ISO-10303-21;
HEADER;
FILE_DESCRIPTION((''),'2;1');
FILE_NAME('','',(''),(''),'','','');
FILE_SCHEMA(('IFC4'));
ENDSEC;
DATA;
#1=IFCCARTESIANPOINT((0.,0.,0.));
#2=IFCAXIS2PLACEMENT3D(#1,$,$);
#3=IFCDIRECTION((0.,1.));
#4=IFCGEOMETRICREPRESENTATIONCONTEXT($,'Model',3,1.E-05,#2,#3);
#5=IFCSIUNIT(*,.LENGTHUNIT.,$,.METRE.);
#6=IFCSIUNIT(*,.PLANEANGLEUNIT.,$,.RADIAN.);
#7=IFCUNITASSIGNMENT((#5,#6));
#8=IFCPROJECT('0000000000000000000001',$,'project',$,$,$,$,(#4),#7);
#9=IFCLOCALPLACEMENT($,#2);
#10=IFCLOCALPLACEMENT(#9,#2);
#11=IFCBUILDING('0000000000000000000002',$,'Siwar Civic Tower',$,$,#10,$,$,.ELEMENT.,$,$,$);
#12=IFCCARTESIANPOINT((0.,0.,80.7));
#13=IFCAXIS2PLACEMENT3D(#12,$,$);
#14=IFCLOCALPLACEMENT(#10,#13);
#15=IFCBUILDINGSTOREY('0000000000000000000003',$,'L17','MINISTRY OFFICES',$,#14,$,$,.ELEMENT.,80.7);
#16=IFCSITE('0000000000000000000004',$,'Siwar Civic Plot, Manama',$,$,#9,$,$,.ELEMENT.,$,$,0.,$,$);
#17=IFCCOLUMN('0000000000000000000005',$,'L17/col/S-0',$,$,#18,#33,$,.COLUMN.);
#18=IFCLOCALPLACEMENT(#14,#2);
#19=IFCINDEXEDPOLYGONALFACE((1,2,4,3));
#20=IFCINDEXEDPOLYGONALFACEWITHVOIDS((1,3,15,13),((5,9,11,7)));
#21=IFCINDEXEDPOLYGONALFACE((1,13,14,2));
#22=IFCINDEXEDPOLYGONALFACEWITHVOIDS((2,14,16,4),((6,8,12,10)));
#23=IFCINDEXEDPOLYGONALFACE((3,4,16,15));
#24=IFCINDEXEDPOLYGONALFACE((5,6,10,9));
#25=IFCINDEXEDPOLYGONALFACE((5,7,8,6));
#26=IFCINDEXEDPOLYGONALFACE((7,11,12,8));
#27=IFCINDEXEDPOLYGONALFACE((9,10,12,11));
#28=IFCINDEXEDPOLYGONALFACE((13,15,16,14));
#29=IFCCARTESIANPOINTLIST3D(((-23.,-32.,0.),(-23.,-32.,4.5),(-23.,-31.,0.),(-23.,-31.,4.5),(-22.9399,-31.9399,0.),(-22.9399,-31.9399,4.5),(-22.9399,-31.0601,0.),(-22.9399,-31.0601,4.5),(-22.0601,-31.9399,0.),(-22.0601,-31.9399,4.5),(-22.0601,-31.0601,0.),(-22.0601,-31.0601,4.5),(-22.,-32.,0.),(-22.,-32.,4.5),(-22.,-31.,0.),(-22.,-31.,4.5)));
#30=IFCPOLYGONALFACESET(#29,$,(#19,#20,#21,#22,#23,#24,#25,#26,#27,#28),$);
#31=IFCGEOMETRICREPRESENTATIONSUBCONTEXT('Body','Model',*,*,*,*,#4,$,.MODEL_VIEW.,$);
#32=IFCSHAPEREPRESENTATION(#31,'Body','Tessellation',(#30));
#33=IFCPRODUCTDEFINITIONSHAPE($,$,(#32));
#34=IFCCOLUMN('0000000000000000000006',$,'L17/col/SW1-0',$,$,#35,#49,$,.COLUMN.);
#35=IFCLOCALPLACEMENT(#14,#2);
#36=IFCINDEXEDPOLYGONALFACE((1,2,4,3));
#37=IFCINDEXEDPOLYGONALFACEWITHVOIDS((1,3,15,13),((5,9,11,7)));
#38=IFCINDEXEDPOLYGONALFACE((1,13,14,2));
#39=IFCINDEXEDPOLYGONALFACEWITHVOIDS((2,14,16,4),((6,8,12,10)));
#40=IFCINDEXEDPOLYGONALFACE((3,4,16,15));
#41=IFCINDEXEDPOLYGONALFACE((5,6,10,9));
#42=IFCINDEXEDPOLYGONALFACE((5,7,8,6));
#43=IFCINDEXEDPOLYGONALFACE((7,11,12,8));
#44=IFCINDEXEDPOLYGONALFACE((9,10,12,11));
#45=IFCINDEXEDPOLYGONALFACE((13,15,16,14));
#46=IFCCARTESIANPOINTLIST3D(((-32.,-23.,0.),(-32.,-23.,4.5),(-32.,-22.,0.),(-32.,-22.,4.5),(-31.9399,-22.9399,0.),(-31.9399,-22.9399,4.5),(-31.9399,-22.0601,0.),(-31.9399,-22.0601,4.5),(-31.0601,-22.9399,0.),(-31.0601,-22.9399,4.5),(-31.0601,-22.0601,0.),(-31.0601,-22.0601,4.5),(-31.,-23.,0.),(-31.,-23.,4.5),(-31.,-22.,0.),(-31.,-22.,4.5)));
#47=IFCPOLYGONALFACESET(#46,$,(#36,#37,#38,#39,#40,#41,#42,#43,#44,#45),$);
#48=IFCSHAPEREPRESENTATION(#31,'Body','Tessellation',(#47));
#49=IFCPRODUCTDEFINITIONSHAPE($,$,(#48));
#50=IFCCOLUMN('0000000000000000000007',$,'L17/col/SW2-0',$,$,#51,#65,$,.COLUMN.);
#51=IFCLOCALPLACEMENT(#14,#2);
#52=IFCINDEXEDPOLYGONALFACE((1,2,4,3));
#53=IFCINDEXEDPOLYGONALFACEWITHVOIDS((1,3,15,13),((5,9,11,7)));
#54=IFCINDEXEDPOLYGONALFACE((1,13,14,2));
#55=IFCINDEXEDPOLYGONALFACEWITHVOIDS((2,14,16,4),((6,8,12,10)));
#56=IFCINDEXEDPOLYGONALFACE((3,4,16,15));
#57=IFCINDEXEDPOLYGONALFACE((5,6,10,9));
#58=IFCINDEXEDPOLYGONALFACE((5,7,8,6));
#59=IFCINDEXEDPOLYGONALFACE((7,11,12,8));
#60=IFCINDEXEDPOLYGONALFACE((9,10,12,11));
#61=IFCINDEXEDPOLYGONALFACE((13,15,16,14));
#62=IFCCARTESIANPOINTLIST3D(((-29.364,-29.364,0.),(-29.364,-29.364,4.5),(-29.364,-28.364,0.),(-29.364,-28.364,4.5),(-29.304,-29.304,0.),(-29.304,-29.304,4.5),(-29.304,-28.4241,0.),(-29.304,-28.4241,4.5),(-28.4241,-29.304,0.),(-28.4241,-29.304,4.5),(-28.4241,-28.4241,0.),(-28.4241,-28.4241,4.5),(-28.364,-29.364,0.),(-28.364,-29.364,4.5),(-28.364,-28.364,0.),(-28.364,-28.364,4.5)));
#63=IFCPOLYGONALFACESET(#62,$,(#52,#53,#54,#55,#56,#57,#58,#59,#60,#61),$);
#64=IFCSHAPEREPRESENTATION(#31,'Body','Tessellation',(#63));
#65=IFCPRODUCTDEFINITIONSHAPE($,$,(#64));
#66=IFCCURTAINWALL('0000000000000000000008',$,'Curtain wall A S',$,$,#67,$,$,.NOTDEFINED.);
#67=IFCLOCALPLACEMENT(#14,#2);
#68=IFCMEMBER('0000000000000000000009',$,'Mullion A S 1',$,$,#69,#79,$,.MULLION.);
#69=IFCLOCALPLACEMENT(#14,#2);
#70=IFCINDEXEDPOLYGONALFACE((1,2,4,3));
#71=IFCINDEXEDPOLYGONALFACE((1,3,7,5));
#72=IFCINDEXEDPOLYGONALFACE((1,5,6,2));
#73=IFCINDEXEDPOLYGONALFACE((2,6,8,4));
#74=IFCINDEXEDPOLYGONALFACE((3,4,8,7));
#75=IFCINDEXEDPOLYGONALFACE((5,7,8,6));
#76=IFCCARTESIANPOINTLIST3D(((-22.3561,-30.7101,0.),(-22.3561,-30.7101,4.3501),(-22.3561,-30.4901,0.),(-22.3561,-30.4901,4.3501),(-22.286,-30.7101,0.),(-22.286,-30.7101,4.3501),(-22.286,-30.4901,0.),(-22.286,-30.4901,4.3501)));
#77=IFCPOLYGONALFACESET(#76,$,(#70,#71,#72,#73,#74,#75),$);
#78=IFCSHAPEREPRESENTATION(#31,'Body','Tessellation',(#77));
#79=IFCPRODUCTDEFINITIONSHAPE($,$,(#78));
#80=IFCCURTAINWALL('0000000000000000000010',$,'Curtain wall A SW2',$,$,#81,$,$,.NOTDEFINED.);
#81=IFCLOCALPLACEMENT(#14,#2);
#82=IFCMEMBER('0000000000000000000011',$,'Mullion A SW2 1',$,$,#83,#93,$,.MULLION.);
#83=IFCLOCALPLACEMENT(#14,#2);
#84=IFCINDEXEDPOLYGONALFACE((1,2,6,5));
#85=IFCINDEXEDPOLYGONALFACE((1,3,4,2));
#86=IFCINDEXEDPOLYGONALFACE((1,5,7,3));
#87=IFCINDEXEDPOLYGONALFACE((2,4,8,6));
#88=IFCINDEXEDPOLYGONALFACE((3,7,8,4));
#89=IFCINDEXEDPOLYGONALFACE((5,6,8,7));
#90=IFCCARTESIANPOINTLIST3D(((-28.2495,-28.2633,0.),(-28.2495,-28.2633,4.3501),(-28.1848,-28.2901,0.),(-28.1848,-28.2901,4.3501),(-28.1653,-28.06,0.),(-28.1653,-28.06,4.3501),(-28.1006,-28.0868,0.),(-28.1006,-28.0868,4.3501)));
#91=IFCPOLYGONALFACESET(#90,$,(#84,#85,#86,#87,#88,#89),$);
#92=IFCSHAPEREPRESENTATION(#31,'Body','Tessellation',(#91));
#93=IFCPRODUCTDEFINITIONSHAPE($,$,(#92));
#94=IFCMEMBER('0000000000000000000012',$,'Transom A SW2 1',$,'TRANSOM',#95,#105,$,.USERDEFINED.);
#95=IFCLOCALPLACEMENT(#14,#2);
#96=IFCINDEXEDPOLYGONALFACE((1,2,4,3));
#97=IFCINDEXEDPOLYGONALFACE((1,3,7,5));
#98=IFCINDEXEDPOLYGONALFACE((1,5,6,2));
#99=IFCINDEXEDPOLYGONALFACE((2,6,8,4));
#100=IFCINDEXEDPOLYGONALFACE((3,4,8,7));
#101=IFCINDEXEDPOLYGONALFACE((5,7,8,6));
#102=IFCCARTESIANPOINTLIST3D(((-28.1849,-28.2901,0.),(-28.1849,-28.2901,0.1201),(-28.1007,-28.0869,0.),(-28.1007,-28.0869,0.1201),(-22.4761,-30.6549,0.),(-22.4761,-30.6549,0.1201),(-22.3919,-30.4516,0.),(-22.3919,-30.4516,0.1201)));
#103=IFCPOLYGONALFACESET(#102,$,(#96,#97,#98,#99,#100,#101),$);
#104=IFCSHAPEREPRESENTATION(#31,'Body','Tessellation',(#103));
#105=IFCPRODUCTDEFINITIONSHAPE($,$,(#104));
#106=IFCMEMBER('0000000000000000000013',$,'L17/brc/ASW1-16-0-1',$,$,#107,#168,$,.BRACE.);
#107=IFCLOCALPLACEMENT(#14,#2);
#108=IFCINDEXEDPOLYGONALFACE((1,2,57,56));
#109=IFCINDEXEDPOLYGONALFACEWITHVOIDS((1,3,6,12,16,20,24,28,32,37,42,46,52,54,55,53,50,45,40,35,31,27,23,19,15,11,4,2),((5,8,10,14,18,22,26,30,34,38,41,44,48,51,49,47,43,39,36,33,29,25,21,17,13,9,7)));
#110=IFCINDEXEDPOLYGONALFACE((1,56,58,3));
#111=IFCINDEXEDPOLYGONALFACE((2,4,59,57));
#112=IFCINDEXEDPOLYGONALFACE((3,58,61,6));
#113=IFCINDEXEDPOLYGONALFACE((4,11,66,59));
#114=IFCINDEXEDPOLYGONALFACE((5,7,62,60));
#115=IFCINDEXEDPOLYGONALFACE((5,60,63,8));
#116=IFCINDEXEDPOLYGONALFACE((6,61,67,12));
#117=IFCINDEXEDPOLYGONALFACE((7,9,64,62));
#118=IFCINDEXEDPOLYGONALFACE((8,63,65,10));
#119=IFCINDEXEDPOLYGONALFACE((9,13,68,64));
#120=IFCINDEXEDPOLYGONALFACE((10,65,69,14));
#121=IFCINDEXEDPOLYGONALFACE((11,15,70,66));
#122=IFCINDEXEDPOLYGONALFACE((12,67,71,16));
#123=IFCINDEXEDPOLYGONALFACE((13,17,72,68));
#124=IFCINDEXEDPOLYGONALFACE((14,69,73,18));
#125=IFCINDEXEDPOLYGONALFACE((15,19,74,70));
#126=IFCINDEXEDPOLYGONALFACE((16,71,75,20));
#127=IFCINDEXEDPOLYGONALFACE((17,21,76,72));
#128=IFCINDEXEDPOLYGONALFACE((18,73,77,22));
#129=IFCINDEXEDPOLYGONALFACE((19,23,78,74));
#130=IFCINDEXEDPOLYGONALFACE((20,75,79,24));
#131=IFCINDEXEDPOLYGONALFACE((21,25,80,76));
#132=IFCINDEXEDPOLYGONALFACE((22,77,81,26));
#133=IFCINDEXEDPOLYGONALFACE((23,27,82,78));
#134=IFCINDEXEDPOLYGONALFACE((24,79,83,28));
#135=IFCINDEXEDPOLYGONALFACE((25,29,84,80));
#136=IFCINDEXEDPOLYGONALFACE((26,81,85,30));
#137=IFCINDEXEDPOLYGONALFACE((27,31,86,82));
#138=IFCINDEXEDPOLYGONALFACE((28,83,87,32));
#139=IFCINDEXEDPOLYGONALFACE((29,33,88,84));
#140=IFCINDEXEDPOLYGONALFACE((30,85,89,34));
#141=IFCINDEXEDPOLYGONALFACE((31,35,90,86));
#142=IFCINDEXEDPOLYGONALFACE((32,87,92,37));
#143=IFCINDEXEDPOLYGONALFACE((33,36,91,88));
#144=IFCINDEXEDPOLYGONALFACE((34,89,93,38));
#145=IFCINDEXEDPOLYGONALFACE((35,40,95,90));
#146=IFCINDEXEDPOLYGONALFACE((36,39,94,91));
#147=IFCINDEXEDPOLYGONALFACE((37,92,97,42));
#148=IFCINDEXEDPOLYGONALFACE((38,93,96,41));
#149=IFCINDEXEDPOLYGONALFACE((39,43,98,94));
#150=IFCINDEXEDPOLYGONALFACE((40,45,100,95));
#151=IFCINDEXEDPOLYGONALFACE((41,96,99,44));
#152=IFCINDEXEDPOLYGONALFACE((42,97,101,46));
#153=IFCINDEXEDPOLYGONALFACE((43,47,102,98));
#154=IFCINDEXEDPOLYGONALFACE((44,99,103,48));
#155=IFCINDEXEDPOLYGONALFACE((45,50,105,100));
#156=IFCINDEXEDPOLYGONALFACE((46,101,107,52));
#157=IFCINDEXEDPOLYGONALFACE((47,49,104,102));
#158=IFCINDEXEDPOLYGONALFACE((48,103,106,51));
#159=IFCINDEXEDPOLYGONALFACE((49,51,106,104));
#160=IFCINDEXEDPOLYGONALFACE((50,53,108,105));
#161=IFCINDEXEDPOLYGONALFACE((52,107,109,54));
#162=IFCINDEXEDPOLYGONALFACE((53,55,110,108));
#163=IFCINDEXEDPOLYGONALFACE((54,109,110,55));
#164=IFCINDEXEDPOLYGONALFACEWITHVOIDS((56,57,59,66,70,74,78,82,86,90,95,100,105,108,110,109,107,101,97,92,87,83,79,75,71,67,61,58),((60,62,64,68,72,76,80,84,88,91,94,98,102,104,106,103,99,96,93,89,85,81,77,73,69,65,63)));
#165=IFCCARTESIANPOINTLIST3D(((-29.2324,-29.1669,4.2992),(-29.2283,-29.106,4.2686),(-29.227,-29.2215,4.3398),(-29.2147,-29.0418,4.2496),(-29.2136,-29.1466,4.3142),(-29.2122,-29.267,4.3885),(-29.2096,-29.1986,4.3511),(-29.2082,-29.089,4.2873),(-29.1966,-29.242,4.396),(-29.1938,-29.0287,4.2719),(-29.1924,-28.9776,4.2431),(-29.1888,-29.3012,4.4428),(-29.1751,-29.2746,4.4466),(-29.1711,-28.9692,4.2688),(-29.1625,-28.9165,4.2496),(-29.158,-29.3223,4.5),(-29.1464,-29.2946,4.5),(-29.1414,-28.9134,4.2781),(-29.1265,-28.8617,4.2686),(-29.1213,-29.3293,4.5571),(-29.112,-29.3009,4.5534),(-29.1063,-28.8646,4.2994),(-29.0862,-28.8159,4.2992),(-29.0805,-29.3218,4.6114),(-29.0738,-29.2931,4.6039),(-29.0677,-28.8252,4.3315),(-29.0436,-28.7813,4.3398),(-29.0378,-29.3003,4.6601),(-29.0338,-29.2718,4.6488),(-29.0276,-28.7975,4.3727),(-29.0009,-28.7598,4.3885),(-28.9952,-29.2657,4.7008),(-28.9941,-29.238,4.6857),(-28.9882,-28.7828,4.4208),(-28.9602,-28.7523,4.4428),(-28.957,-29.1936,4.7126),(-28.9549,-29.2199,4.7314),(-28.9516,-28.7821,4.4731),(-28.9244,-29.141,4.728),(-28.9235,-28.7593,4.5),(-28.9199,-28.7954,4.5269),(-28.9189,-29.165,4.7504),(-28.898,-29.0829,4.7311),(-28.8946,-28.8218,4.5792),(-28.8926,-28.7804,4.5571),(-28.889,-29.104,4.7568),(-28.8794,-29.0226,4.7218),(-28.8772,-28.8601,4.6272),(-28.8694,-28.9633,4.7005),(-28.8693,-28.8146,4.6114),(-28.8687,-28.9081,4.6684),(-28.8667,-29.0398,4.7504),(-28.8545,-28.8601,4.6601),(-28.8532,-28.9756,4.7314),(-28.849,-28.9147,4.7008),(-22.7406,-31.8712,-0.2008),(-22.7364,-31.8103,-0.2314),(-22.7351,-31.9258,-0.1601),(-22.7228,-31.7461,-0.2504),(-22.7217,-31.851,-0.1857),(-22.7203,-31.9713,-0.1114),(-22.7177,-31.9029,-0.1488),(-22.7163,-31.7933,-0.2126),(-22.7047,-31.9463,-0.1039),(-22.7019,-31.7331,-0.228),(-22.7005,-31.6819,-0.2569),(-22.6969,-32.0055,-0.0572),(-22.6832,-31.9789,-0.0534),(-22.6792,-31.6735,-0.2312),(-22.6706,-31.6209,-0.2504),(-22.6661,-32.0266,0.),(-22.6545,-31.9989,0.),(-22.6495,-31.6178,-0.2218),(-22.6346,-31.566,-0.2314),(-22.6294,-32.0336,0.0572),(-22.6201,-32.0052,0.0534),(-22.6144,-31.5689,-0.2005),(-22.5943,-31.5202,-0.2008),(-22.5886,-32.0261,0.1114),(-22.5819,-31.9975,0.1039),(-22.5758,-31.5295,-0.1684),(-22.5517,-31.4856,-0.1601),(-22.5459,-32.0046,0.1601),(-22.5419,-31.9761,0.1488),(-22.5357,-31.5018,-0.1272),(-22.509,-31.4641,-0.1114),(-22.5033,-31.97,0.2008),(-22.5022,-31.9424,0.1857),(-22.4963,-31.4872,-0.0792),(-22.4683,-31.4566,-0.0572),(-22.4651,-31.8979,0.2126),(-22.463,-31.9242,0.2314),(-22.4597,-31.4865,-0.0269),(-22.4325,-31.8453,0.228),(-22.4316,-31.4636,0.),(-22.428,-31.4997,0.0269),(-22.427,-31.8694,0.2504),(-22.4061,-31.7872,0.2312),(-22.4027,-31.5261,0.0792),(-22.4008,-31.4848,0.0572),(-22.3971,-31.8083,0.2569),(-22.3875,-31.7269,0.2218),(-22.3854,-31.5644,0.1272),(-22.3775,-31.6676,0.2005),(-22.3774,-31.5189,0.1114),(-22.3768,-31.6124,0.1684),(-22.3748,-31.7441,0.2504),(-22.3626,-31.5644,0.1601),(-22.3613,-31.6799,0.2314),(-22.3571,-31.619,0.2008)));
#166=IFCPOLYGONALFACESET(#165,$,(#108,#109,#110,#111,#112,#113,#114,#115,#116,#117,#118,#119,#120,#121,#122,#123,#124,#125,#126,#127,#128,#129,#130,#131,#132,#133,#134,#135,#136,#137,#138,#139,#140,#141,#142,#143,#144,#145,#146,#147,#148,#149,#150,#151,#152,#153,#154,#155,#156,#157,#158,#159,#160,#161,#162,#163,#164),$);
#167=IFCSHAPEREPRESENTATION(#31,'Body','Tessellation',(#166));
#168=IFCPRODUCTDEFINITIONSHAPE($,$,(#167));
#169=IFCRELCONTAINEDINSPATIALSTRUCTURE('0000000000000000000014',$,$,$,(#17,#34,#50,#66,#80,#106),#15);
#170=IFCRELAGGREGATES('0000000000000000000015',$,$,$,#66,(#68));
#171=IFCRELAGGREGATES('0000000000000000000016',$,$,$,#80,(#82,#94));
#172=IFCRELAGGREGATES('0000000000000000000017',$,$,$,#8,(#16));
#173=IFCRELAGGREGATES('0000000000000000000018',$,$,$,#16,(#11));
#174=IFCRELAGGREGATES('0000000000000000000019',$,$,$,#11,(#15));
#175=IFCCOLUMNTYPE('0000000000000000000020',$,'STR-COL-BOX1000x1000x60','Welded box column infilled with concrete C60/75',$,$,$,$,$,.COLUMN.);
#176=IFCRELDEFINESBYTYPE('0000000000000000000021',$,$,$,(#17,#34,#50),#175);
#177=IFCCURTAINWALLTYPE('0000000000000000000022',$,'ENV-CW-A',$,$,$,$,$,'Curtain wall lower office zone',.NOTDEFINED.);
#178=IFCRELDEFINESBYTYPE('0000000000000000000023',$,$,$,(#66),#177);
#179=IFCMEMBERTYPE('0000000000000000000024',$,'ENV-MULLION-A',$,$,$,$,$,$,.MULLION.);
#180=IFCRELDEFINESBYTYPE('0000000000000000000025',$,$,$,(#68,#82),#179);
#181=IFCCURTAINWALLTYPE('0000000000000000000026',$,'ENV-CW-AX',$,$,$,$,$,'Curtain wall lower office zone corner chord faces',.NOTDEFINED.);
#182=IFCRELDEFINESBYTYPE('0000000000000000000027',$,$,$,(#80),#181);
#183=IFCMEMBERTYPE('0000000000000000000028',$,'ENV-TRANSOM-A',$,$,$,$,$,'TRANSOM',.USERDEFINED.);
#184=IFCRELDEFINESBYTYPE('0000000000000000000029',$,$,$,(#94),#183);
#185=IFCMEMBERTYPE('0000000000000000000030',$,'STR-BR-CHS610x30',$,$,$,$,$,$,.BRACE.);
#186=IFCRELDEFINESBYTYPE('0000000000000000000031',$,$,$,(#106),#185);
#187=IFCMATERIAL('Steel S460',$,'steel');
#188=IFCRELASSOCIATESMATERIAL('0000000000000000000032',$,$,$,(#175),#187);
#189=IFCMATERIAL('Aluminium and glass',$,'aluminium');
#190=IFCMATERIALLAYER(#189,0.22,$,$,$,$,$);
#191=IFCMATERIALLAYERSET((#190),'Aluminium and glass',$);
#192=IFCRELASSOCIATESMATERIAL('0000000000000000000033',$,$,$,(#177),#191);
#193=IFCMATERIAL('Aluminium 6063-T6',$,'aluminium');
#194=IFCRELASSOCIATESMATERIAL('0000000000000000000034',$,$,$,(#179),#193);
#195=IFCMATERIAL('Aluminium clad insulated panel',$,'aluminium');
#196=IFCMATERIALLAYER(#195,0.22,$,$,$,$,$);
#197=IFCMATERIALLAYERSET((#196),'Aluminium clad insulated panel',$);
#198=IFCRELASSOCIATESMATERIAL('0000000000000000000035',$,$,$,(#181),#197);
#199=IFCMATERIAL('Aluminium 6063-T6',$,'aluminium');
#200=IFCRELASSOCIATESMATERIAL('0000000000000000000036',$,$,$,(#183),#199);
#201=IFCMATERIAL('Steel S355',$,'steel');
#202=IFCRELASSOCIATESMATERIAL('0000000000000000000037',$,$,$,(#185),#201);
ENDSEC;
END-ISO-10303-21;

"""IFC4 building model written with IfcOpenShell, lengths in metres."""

from ifc_helpers import new_model, si_unit, direction, frame, origin, origin_2d, place, context, subcontext, project, spatial, rectangle, hollow_rectangle, hollow_circle, extrude, material, layer, layer_set, material_profile, profile_set, type_object, element, aggregate, save


model = new_model("IFC4")

# Units and contexts
model_context = context("Model", 3, precision=1e-05, world=origin(), true_north=direction((0.0, 1.0)))
body_context = subcontext(model_context, "Body", "Model", "MODEL_VIEW")
ifc_project = project(units=[si_unit("LENGTHUNIT", "METRE"), si_unit("PLANEANGLEUNIT", "RADIAN")], contexts=[model_context])

# Site, building, storey
site_placement = place(None, origin())
site = spatial("IfcSite", under=ifc_project, at=site_placement, Name="Siwar Civic Plot, Manama", CompositionType="ELEMENT", RefElevation=0.0)
building_placement = place(site_placement, origin())
building = spatial("IfcBuilding", under=site, at=building_placement, Name="Siwar Civic Tower", CompositionType="ELEMENT")
storey_placement = place(building_placement, frame((0.0, 0.0, 80.7)))
storey = spatial("IfcBuildingStorey", under=building, at=storey_placement, Name="L17", Description="MINISTRY OFFICES", CompositionType="ELEMENT", Elevation=80.7)

# Columns
ifc_material_1 = material(Name="Steel S460", Category="steel")
ifc_material_profile_1 = material_profile(ifc_material_1, hollow_rectangle(XDim=1.0, YDim=1.0, WallThickness=0.0601, at=origin_2d()), Name="BOX1000x1000x60")
ifc_profile_set_1 = profile_set([ifc_material_profile_1], Name="Steel S460")
column_type = type_object("IfcColumnType", Name="STR-COL-BOX1000x1000x60", Description="Welded box column infilled with concrete C60/75", PredefinedType="COLUMN", material=ifc_profile_set_1)
for number, where, z_axis, x_axis, name in (
    (1, (-22.5, -31.5, 0.0), (0.0, 0.0, 1.0), (1.0, 0.0, 0.0), "L17/col/S-0"),
    (2, (-31.5, -22.5, 0.0), (0.0, 0.0, 1.0), (1.0, 0.0, 0.0), "L17/col/SW1-0"),
    (3, (-28.864, -28.864, 0.0), (0.0, 0.0, 1.0), (1.0, 0.0, 0.0), "L17/col/SW2-0"),
):
    element("IfcColumn", number, at=place(storey_placement, frame(where, z_axis=z_axis, x_axis=x_axis)), inside=storey, type_object=column_type, Name=name, PredefinedType="COLUMN", context=body_context, shape_type="SweptSolid", body=[
        extrude(hollow_rectangle(XDim=1.0, YDim=1.0, WallThickness=0.0601, at=origin_2d()), origin(), (0.0, 0.0, 1.0), 4.5),
    ])

# Curtain wall, member
ifc_material_2 = material(Name="Aluminium and glass", Category="aluminium")
ifc_layer_1 = layer(ifc_material_2, 0.22)
ifc_layer_set_1 = layer_set([ifc_layer_1], Name="Aluminium and glass")
curtain_wall_type_1 = type_object("IfcCurtainWallType", Name="ENV-CW-A", ElementType="Curtain wall lower office zone", PredefinedType="NOTDEFINED", material=ifc_layer_set_1)
curtain_wall_1_placement = place(storey_placement, origin())
curtain_wall_1 = element("IfcCurtainWall", 4, at=curtain_wall_1_placement, inside=storey, type_object=curtain_wall_type_1, Name="Curtain wall A S", PredefinedType="NOTDEFINED")
ifc_material_3 = material(Name="Aluminium 6063-T6", Category="aluminium")
ifc_material_profile_2 = material_profile(ifc_material_3, rectangle(XDim=0.22, YDim=0.0701, at=origin_2d()), Name="AL 220x70")
ifc_profile_set_2 = profile_set([ifc_material_profile_2], Name="Aluminium 6063-T6")
member_type_1 = type_object("IfcMemberType", Name="ENV-MULLION-A", PredefinedType="MULLION", material=ifc_profile_set_2)
member_1_placement = place(storey_placement, frame((-22.321, -30.6001, 0.0), z_axis=(0.0, 0.0, 1.0), x_axis=(0.0, 1.0, 0.0)))
member_1 = element("IfcMember", 5, at=member_1_placement, type_object=member_type_1, Name="Mullion A S 1", PredefinedType="MULLION", context=body_context, shape_type="SweptSolid", body=[
    extrude(rectangle(XDim=0.22, YDim=0.0701, at=origin_2d()), origin(), (0.0, 0.0, 1.0), 4.3501),
])
aggregate(curtain_wall_1, [member_1])

# Curtain wall, members
ifc_material_4 = material(Name="Aluminium clad insulated panel", Category="aluminium")
ifc_layer_2 = layer(ifc_material_4, 0.22)
ifc_layer_set_2 = layer_set([ifc_layer_2], Name="Aluminium clad insulated panel")
curtain_wall_type_2 = type_object("IfcCurtainWallType", Name="ENV-CW-AX", ElementType="Curtain wall lower office zone corner chord faces", PredefinedType="NOTDEFINED", material=ifc_layer_set_2)
curtain_wall_2_placement = place(storey_placement, origin())
curtain_wall_2 = element("IfcCurtainWall", 6, at=curtain_wall_2_placement, inside=storey, type_object=curtain_wall_type_2, Name="Curtain wall A SW2", PredefinedType="NOTDEFINED")
member_2_placement = place(storey_placement, frame((-28.175, -28.175, 0.0), z_axis=(0.0, 0.0, 1.0), x_axis=(0.382683, 0.92388, 0.0)))
member_2 = element("IfcMember", 7, at=member_2_placement, type_object=member_type_1, Name="Mullion A SW2 1", PredefinedType="MULLION", context=body_context, shape_type="SweptSolid", body=[
    extrude(rectangle(XDim=0.22, YDim=0.0701, at=origin_2d()), origin(), (0.0, 0.0, 1.0), 4.3501),
])
ifc_material_5 = material(Name="Aluminium 6063-T6", Category="aluminium")
ifc_material_profile_3 = material_profile(ifc_material_5, rectangle(XDim=0.22, YDim=0.1201, at=origin_2d()), Name="AL 220x120")
ifc_profile_set_3 = profile_set([ifc_material_profile_3], Name="Aluminium 6063-T6")
member_type_2 = type_object("IfcMemberType", Name="ENV-TRANSOM-A", ElementType="TRANSOM", PredefinedType="USERDEFINED", material=ifc_profile_set_3)
member_3_placement = place(storey_placement, frame((-28.1428, -28.1885, 0.0601), z_axis=(0.923873, -0.382698, 0.0), x_axis=(0.382698, 0.923873, 0.0)))
member_3 = element("IfcMember", 8, at=member_3_placement, type_object=member_type_2, Name="Transom A SW2 1", ObjectType="TRANSOM", PredefinedType="USERDEFINED", context=body_context, shape_type="SweptSolid", body=[
    extrude(rectangle(XDim=0.22, YDim=0.1201, at=origin_2d()), origin(), (0.0, 0.0, 1.0), 6.1792),
])

# Member
ifc_material_6 = material(Name="Steel S355", Category="steel")
ifc_material_profile_4 = material_profile(ifc_material_6, hollow_circle(Radius=0.3049, WallThickness=0.03, at=origin_2d()), Name="CHS610x30")
ifc_profile_set_4 = profile_set([ifc_material_profile_4], Name="Steel S355")
member_type_3 = type_object("IfcMemberType", Name="STR-BR-CHS610x30", PredefinedType="BRACE", material=ifc_profile_set_4)
member_4_placement = place(storey_placement, frame((-22.5488, -31.7451, 0.0), z_axis=(-0.777555, 0.323906, 0.538975), x_axis=(-0.384539, -0.923109, 0.0)))
element("IfcMember", 9, at=member_4_placement, inside=storey, type_object=member_type_3, Name="L17/brc/ASW1-16-0-1", PredefinedType="BRACE", context=body_context, shape_type="SweptSolid", body=[
    extrude(hollow_circle(Radius=0.3049, WallThickness=0.03, at=origin_2d()), origin(), (0.0, 0.0, 1.0), 8.3491),
])

aggregate(curtain_wall_2, [member_2, member_3])

save(model, "model.ifc")
